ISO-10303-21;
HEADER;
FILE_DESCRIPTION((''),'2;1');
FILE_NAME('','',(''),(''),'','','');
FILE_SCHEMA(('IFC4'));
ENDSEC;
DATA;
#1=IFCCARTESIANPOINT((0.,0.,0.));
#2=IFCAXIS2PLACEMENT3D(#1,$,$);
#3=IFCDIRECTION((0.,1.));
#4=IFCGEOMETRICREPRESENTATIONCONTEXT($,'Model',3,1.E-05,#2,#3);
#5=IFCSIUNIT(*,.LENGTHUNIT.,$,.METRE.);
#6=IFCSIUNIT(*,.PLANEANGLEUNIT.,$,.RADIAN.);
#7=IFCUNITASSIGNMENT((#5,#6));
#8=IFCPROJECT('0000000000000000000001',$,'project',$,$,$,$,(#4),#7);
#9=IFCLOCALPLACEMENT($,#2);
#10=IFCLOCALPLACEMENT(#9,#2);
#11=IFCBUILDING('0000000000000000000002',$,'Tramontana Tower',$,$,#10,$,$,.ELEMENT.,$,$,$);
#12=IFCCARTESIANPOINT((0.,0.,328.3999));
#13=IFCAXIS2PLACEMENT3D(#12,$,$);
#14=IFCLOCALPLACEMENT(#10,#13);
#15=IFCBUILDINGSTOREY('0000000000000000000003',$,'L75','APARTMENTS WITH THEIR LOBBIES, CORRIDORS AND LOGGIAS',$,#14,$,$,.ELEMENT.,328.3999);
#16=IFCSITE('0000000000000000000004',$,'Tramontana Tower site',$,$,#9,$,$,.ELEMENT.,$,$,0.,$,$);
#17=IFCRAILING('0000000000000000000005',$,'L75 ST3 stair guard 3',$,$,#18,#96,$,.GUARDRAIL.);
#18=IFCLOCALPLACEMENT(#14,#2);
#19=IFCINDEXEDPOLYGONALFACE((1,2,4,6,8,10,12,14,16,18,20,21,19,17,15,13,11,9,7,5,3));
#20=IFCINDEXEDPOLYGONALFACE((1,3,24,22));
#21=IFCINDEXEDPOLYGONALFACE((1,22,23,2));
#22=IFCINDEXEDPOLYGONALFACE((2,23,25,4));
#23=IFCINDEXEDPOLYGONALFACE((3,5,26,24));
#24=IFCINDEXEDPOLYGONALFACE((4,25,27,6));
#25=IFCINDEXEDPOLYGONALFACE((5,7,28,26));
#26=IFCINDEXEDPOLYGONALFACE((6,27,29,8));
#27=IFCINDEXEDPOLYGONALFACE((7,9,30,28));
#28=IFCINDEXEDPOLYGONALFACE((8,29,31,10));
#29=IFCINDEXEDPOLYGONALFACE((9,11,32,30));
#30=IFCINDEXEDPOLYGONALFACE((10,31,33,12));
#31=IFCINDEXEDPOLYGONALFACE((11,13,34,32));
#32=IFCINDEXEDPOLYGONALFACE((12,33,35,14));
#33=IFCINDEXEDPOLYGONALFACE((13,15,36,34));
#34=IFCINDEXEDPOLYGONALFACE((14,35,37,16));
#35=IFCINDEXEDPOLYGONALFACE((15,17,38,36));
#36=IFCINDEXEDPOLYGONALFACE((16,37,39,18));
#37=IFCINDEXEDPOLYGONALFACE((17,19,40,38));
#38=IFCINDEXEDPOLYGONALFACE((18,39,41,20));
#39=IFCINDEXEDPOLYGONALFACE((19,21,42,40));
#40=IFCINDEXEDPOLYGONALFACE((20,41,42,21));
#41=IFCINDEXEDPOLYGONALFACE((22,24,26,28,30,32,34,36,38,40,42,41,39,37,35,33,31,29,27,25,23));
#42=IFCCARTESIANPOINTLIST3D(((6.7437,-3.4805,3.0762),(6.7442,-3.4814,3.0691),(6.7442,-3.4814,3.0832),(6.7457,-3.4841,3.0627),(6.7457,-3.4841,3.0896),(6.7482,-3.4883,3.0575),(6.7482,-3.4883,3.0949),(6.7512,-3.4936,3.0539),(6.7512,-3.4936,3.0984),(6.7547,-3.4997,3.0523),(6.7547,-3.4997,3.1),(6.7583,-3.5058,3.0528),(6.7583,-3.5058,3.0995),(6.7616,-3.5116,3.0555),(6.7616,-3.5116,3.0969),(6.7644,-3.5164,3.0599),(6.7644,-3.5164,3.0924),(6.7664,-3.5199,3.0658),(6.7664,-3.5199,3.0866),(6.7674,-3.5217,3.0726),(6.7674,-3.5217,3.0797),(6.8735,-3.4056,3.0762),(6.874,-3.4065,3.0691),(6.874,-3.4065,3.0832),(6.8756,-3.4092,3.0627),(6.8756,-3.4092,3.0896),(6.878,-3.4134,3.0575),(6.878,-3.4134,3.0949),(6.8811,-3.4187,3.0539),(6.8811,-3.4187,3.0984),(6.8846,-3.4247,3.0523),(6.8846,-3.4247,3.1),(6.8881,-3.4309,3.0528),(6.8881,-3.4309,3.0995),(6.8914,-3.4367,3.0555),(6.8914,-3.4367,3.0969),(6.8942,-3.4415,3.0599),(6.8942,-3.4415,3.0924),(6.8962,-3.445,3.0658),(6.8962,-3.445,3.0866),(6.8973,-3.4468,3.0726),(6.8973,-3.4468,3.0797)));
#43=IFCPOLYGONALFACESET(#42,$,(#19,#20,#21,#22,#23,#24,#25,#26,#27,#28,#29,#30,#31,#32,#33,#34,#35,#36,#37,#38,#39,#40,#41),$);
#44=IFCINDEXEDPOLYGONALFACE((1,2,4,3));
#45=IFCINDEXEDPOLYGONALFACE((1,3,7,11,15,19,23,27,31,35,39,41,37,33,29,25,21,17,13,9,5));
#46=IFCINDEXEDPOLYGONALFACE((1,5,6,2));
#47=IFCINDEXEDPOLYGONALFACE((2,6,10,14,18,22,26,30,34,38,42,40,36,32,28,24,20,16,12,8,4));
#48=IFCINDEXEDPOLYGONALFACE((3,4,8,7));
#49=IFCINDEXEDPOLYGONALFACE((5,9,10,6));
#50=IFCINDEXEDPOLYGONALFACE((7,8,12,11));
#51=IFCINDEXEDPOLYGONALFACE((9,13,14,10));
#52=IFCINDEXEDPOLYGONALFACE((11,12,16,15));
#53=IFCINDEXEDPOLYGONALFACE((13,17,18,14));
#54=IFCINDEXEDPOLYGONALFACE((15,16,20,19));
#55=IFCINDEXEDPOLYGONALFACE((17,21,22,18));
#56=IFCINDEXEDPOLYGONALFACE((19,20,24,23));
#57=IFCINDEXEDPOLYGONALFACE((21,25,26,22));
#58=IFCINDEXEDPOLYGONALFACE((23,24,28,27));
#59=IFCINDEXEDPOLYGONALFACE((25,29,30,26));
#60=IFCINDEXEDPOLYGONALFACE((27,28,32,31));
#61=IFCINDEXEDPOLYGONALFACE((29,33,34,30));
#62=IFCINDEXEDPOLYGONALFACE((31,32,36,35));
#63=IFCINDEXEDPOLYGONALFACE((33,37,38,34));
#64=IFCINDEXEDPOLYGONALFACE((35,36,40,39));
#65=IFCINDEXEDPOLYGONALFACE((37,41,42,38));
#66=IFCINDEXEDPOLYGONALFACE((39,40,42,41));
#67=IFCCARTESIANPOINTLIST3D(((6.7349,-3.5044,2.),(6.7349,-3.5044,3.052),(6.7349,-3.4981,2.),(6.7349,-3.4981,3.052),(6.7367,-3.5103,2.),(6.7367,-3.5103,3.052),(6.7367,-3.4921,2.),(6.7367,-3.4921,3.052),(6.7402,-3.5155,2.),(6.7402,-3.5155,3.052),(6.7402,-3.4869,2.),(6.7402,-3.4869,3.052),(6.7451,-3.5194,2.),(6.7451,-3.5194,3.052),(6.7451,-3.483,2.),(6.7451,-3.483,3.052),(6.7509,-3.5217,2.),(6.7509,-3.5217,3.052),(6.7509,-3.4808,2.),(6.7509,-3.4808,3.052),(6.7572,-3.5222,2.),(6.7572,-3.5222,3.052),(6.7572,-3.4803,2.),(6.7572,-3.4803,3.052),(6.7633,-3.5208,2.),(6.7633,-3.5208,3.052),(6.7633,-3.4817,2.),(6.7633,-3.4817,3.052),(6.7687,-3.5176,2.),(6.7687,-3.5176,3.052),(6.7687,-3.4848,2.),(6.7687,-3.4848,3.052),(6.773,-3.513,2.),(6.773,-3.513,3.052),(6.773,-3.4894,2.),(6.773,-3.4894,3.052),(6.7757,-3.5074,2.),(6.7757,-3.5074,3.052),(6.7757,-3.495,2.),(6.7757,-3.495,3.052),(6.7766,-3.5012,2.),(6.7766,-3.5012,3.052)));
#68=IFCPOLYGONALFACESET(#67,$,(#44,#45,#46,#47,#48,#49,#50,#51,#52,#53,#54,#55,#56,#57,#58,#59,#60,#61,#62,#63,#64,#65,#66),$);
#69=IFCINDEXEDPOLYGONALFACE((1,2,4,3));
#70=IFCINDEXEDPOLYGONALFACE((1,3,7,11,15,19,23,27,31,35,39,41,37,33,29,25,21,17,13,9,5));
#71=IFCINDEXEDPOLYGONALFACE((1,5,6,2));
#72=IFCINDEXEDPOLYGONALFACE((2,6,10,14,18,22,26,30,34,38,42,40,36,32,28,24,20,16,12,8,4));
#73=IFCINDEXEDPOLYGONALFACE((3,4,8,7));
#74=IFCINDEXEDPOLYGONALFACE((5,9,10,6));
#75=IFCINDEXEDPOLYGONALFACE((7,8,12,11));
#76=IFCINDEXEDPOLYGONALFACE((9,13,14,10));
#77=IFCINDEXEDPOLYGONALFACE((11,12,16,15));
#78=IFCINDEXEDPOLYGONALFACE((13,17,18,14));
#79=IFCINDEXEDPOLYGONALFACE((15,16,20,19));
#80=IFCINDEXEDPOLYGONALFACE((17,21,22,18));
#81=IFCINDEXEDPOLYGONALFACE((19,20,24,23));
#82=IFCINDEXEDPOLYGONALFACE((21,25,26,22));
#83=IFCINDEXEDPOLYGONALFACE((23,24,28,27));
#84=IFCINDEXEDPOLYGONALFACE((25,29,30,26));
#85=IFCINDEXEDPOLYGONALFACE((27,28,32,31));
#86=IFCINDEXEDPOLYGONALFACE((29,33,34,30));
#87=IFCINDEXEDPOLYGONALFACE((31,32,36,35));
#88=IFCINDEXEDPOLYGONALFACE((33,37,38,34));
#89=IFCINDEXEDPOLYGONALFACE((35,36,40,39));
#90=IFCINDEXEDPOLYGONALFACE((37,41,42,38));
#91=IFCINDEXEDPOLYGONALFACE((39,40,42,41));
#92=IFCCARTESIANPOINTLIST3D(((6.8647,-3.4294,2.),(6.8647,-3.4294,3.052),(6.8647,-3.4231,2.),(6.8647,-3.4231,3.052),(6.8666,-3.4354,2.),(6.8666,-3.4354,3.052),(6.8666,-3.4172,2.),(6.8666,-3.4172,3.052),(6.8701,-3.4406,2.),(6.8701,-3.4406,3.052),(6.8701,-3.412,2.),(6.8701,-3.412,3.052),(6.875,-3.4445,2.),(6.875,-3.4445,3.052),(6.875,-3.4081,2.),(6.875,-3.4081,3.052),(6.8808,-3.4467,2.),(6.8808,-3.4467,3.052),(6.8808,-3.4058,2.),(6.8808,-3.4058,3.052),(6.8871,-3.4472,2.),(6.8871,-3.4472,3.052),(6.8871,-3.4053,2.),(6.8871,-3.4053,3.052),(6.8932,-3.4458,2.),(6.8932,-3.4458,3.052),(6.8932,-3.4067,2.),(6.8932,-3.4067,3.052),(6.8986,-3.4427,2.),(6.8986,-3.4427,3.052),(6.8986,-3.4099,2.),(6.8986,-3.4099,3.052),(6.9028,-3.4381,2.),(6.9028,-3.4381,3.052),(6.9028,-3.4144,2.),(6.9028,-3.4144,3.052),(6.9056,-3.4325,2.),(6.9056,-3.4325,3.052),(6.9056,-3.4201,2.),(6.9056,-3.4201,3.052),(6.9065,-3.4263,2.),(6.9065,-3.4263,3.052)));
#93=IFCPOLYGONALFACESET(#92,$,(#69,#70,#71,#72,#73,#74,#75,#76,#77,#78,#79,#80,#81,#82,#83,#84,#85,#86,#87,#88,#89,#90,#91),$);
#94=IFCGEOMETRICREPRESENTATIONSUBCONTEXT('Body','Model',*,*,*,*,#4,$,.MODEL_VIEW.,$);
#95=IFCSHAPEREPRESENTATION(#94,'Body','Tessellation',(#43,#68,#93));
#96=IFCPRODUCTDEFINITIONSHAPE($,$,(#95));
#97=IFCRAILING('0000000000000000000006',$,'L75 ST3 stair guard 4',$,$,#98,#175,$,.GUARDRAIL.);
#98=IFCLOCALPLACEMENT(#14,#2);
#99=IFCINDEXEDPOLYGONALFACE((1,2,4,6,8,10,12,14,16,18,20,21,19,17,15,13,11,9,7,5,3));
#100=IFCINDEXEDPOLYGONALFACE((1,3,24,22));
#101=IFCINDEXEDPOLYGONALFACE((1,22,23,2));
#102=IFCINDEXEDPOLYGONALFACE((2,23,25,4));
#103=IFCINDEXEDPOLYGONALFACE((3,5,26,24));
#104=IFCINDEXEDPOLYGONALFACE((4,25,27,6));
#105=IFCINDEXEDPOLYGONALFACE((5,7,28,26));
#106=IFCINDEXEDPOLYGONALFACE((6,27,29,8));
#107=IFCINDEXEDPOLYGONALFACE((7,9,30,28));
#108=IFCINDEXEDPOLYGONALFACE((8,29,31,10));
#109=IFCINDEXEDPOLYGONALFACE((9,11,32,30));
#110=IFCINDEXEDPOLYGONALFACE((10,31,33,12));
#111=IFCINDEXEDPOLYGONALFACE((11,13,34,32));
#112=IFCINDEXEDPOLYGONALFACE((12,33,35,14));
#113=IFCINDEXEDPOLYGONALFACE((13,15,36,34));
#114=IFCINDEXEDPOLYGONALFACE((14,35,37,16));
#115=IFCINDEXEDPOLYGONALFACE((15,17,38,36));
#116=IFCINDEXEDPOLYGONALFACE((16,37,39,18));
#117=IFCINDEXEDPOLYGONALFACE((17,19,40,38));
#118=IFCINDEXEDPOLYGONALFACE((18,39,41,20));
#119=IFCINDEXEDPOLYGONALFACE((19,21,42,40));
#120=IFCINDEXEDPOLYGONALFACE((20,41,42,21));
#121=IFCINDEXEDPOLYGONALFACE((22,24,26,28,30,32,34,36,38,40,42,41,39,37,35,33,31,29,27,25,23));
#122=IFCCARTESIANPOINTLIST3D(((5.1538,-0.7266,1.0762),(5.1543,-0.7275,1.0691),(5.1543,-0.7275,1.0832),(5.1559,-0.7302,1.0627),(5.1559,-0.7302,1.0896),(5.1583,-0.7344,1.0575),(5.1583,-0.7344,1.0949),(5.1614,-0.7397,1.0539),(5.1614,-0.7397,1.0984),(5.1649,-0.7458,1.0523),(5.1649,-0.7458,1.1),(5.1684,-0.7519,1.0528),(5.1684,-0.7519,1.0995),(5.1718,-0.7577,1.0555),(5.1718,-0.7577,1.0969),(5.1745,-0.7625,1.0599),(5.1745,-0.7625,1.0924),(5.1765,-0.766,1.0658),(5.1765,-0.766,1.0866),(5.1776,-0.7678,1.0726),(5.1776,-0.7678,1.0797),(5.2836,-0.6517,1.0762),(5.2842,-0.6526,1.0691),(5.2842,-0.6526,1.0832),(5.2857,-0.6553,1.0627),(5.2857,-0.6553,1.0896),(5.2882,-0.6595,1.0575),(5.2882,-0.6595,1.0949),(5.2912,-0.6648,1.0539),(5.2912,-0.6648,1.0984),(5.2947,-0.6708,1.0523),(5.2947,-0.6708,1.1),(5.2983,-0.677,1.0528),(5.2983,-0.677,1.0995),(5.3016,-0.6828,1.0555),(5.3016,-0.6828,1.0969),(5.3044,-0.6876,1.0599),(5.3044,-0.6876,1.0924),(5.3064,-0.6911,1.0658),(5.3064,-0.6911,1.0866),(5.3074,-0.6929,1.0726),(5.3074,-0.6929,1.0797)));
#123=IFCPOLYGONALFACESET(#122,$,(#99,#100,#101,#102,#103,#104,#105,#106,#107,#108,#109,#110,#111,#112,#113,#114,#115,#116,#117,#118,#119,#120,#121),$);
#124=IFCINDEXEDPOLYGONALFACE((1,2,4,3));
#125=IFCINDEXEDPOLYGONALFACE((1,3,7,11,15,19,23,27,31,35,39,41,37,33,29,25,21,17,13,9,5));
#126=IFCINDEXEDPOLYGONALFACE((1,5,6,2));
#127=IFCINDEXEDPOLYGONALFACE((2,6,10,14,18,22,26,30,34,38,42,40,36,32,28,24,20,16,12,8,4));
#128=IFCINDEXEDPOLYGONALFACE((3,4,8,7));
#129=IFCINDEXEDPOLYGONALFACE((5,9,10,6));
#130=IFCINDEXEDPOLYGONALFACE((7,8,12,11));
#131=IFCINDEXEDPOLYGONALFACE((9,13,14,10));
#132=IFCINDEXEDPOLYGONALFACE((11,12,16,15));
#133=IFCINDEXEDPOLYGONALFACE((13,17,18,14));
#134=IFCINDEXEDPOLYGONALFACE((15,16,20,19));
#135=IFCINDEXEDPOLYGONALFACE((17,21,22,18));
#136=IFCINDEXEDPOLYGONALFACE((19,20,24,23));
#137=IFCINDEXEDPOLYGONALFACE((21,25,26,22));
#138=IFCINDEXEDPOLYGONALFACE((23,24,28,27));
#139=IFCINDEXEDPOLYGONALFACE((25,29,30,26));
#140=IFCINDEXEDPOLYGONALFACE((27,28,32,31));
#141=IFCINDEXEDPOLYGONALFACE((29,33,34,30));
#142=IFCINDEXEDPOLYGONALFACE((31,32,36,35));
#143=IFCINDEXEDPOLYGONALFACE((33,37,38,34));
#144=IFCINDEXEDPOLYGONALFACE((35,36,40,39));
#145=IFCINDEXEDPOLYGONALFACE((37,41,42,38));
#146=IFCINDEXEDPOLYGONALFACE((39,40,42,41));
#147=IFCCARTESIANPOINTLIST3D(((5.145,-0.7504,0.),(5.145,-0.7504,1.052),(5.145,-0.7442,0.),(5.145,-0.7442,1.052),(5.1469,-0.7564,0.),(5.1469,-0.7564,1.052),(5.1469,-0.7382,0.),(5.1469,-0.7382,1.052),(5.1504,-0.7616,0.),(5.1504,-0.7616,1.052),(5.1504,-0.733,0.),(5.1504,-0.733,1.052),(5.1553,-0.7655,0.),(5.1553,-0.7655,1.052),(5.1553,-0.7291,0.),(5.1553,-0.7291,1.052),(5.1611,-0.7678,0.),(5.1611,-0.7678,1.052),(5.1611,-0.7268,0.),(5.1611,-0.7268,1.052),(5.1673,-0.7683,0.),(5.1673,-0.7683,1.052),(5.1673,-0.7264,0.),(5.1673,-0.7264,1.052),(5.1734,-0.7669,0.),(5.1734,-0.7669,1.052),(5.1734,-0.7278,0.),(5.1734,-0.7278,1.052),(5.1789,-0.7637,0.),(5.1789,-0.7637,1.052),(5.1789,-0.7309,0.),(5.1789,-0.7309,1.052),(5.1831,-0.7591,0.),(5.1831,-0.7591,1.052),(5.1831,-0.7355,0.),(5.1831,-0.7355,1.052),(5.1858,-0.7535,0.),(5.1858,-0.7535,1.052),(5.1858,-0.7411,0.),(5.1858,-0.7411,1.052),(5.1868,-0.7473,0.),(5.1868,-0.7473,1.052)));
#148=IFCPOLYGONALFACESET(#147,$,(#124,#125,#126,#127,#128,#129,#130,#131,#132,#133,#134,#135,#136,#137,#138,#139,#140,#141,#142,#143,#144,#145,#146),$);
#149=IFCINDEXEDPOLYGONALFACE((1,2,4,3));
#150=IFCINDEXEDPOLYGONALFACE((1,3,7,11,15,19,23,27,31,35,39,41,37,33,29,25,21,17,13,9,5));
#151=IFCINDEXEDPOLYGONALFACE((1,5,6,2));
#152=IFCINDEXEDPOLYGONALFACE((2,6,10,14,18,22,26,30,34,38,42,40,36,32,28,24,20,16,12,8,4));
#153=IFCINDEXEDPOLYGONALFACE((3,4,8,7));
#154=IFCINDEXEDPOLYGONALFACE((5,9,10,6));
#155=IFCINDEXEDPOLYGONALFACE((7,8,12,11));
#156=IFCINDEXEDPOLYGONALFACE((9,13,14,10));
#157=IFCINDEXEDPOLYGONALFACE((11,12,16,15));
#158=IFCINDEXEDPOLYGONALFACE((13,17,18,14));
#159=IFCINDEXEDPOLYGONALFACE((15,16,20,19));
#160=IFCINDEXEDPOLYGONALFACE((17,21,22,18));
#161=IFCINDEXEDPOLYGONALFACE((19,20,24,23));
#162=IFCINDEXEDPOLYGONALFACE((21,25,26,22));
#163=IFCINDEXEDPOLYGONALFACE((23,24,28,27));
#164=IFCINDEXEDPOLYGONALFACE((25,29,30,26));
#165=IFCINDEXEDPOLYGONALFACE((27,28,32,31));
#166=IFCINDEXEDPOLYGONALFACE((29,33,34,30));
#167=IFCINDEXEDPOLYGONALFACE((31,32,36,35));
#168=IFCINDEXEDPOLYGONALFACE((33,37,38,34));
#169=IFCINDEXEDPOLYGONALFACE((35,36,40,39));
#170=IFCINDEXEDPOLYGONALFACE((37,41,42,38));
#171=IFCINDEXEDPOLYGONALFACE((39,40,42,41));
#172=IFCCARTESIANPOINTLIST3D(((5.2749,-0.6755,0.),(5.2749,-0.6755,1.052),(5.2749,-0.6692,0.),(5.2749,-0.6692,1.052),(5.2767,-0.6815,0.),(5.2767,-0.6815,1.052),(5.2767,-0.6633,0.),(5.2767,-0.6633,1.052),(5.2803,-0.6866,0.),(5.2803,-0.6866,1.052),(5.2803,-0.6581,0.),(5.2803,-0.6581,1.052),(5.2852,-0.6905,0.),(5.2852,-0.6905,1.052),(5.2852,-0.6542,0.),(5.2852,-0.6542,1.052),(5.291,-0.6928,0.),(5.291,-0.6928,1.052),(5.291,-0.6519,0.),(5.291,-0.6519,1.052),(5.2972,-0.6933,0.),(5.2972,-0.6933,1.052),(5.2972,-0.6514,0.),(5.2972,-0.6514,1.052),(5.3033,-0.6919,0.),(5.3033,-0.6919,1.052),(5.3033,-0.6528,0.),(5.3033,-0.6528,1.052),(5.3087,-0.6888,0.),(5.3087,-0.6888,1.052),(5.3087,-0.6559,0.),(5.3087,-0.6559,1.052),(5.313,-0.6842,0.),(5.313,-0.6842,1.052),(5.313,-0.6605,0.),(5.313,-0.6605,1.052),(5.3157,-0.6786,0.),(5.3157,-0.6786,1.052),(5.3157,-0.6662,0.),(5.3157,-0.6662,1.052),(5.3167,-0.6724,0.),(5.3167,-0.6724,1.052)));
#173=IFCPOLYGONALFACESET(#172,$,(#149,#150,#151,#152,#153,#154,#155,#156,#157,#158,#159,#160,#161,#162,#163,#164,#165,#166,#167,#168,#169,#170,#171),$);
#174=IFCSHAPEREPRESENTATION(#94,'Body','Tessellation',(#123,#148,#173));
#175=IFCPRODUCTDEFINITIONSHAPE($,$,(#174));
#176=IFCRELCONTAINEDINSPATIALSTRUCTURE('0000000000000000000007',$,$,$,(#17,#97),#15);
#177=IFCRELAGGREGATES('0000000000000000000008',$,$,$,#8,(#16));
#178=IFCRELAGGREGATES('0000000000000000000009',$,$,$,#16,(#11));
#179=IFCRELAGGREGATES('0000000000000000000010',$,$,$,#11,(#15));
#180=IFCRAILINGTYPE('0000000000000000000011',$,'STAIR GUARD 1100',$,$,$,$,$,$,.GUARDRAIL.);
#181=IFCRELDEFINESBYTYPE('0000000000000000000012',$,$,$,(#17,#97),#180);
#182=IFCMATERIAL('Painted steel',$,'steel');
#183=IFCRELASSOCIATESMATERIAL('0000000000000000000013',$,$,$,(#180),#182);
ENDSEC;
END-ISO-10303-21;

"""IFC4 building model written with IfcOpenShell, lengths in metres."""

from ifc_helpers import new_model, si_unit, direction, frame, origin, origin_2d, place, context, subcontext, project, spatial, circle, extrude, material, type_object, element, save


model = new_model("IFC4")

# Units and contexts
model_context = context("Model", 3, precision=1e-05, world=origin(), true_north=direction((0.0, 1.0)))
body_context = subcontext(model_context, "Body", "Model", "MODEL_VIEW")
ifc_project = project(units=[si_unit("LENGTHUNIT", "METRE"), si_unit("PLANEANGLEUNIT", "RADIAN")], contexts=[model_context])

# Site, building, storey
site_placement = place(None, origin())
site = spatial("IfcSite", under=ifc_project, at=site_placement, Name="Tramontana Tower site", CompositionType="ELEMENT", RefElevation=0.0)
building_placement = place(site_placement, origin())
building = spatial("IfcBuilding", under=site, at=building_placement, Name="Tramontana Tower", CompositionType="ELEMENT")
storey_placement = place(building_placement, frame((0.0, 0.0, 328.3999)))
storey = spatial("IfcBuildingStorey", under=building, at=storey_placement, Name="L75", Description="APARTMENTS WITH THEIR LOBBIES, CORRIDORS AND LOGGIAS", CompositionType="ELEMENT", Elevation=328.3999)

# Railings
ifc_material_1 = material(Name="Painted steel", Category="steel")
railing_type_1 = type_object("IfcRailingType", Name="STAIR GUARD 1100", PredefinedType="GUARDRAIL", material=ifc_material_1)
for number, where, name in (
    (1, (6.7556, -3.5012, 2.0), "L75 ST3 stair guard 3"),
    (2, (5.1658, -0.7473, 0.0), "L75 ST3 stair guard 4"),
):
    element("IfcRailing", number, at=place(storey_placement, frame(where)), inside=storey, type_object=railing_type_1, Name=name, PredefinedType="GUARDRAIL", context=body_context, shape_type="SweptSolid", body=[
        extrude(circle(Radius=0.0239, at=origin_2d()), frame((0.0, 0.0, 1.0762), z_axis=(0.866131, 0.499816, 0.0), x_axis=(-0.499816, 0.866131, 0.0)), (0.0, 0.0, 1.0), 0.1499),
        extrude(circle(Radius=0.021, at=origin_2d()), origin(), (0.0, 0.0, 1.0), 1.052),
        extrude(circle(Radius=0.021, at=origin_2d()), frame((0.1299, 0.075, 0.0)), (0.0, 0.0, 1.0), 1.052),
    ])

save(model, "model.ifc")
